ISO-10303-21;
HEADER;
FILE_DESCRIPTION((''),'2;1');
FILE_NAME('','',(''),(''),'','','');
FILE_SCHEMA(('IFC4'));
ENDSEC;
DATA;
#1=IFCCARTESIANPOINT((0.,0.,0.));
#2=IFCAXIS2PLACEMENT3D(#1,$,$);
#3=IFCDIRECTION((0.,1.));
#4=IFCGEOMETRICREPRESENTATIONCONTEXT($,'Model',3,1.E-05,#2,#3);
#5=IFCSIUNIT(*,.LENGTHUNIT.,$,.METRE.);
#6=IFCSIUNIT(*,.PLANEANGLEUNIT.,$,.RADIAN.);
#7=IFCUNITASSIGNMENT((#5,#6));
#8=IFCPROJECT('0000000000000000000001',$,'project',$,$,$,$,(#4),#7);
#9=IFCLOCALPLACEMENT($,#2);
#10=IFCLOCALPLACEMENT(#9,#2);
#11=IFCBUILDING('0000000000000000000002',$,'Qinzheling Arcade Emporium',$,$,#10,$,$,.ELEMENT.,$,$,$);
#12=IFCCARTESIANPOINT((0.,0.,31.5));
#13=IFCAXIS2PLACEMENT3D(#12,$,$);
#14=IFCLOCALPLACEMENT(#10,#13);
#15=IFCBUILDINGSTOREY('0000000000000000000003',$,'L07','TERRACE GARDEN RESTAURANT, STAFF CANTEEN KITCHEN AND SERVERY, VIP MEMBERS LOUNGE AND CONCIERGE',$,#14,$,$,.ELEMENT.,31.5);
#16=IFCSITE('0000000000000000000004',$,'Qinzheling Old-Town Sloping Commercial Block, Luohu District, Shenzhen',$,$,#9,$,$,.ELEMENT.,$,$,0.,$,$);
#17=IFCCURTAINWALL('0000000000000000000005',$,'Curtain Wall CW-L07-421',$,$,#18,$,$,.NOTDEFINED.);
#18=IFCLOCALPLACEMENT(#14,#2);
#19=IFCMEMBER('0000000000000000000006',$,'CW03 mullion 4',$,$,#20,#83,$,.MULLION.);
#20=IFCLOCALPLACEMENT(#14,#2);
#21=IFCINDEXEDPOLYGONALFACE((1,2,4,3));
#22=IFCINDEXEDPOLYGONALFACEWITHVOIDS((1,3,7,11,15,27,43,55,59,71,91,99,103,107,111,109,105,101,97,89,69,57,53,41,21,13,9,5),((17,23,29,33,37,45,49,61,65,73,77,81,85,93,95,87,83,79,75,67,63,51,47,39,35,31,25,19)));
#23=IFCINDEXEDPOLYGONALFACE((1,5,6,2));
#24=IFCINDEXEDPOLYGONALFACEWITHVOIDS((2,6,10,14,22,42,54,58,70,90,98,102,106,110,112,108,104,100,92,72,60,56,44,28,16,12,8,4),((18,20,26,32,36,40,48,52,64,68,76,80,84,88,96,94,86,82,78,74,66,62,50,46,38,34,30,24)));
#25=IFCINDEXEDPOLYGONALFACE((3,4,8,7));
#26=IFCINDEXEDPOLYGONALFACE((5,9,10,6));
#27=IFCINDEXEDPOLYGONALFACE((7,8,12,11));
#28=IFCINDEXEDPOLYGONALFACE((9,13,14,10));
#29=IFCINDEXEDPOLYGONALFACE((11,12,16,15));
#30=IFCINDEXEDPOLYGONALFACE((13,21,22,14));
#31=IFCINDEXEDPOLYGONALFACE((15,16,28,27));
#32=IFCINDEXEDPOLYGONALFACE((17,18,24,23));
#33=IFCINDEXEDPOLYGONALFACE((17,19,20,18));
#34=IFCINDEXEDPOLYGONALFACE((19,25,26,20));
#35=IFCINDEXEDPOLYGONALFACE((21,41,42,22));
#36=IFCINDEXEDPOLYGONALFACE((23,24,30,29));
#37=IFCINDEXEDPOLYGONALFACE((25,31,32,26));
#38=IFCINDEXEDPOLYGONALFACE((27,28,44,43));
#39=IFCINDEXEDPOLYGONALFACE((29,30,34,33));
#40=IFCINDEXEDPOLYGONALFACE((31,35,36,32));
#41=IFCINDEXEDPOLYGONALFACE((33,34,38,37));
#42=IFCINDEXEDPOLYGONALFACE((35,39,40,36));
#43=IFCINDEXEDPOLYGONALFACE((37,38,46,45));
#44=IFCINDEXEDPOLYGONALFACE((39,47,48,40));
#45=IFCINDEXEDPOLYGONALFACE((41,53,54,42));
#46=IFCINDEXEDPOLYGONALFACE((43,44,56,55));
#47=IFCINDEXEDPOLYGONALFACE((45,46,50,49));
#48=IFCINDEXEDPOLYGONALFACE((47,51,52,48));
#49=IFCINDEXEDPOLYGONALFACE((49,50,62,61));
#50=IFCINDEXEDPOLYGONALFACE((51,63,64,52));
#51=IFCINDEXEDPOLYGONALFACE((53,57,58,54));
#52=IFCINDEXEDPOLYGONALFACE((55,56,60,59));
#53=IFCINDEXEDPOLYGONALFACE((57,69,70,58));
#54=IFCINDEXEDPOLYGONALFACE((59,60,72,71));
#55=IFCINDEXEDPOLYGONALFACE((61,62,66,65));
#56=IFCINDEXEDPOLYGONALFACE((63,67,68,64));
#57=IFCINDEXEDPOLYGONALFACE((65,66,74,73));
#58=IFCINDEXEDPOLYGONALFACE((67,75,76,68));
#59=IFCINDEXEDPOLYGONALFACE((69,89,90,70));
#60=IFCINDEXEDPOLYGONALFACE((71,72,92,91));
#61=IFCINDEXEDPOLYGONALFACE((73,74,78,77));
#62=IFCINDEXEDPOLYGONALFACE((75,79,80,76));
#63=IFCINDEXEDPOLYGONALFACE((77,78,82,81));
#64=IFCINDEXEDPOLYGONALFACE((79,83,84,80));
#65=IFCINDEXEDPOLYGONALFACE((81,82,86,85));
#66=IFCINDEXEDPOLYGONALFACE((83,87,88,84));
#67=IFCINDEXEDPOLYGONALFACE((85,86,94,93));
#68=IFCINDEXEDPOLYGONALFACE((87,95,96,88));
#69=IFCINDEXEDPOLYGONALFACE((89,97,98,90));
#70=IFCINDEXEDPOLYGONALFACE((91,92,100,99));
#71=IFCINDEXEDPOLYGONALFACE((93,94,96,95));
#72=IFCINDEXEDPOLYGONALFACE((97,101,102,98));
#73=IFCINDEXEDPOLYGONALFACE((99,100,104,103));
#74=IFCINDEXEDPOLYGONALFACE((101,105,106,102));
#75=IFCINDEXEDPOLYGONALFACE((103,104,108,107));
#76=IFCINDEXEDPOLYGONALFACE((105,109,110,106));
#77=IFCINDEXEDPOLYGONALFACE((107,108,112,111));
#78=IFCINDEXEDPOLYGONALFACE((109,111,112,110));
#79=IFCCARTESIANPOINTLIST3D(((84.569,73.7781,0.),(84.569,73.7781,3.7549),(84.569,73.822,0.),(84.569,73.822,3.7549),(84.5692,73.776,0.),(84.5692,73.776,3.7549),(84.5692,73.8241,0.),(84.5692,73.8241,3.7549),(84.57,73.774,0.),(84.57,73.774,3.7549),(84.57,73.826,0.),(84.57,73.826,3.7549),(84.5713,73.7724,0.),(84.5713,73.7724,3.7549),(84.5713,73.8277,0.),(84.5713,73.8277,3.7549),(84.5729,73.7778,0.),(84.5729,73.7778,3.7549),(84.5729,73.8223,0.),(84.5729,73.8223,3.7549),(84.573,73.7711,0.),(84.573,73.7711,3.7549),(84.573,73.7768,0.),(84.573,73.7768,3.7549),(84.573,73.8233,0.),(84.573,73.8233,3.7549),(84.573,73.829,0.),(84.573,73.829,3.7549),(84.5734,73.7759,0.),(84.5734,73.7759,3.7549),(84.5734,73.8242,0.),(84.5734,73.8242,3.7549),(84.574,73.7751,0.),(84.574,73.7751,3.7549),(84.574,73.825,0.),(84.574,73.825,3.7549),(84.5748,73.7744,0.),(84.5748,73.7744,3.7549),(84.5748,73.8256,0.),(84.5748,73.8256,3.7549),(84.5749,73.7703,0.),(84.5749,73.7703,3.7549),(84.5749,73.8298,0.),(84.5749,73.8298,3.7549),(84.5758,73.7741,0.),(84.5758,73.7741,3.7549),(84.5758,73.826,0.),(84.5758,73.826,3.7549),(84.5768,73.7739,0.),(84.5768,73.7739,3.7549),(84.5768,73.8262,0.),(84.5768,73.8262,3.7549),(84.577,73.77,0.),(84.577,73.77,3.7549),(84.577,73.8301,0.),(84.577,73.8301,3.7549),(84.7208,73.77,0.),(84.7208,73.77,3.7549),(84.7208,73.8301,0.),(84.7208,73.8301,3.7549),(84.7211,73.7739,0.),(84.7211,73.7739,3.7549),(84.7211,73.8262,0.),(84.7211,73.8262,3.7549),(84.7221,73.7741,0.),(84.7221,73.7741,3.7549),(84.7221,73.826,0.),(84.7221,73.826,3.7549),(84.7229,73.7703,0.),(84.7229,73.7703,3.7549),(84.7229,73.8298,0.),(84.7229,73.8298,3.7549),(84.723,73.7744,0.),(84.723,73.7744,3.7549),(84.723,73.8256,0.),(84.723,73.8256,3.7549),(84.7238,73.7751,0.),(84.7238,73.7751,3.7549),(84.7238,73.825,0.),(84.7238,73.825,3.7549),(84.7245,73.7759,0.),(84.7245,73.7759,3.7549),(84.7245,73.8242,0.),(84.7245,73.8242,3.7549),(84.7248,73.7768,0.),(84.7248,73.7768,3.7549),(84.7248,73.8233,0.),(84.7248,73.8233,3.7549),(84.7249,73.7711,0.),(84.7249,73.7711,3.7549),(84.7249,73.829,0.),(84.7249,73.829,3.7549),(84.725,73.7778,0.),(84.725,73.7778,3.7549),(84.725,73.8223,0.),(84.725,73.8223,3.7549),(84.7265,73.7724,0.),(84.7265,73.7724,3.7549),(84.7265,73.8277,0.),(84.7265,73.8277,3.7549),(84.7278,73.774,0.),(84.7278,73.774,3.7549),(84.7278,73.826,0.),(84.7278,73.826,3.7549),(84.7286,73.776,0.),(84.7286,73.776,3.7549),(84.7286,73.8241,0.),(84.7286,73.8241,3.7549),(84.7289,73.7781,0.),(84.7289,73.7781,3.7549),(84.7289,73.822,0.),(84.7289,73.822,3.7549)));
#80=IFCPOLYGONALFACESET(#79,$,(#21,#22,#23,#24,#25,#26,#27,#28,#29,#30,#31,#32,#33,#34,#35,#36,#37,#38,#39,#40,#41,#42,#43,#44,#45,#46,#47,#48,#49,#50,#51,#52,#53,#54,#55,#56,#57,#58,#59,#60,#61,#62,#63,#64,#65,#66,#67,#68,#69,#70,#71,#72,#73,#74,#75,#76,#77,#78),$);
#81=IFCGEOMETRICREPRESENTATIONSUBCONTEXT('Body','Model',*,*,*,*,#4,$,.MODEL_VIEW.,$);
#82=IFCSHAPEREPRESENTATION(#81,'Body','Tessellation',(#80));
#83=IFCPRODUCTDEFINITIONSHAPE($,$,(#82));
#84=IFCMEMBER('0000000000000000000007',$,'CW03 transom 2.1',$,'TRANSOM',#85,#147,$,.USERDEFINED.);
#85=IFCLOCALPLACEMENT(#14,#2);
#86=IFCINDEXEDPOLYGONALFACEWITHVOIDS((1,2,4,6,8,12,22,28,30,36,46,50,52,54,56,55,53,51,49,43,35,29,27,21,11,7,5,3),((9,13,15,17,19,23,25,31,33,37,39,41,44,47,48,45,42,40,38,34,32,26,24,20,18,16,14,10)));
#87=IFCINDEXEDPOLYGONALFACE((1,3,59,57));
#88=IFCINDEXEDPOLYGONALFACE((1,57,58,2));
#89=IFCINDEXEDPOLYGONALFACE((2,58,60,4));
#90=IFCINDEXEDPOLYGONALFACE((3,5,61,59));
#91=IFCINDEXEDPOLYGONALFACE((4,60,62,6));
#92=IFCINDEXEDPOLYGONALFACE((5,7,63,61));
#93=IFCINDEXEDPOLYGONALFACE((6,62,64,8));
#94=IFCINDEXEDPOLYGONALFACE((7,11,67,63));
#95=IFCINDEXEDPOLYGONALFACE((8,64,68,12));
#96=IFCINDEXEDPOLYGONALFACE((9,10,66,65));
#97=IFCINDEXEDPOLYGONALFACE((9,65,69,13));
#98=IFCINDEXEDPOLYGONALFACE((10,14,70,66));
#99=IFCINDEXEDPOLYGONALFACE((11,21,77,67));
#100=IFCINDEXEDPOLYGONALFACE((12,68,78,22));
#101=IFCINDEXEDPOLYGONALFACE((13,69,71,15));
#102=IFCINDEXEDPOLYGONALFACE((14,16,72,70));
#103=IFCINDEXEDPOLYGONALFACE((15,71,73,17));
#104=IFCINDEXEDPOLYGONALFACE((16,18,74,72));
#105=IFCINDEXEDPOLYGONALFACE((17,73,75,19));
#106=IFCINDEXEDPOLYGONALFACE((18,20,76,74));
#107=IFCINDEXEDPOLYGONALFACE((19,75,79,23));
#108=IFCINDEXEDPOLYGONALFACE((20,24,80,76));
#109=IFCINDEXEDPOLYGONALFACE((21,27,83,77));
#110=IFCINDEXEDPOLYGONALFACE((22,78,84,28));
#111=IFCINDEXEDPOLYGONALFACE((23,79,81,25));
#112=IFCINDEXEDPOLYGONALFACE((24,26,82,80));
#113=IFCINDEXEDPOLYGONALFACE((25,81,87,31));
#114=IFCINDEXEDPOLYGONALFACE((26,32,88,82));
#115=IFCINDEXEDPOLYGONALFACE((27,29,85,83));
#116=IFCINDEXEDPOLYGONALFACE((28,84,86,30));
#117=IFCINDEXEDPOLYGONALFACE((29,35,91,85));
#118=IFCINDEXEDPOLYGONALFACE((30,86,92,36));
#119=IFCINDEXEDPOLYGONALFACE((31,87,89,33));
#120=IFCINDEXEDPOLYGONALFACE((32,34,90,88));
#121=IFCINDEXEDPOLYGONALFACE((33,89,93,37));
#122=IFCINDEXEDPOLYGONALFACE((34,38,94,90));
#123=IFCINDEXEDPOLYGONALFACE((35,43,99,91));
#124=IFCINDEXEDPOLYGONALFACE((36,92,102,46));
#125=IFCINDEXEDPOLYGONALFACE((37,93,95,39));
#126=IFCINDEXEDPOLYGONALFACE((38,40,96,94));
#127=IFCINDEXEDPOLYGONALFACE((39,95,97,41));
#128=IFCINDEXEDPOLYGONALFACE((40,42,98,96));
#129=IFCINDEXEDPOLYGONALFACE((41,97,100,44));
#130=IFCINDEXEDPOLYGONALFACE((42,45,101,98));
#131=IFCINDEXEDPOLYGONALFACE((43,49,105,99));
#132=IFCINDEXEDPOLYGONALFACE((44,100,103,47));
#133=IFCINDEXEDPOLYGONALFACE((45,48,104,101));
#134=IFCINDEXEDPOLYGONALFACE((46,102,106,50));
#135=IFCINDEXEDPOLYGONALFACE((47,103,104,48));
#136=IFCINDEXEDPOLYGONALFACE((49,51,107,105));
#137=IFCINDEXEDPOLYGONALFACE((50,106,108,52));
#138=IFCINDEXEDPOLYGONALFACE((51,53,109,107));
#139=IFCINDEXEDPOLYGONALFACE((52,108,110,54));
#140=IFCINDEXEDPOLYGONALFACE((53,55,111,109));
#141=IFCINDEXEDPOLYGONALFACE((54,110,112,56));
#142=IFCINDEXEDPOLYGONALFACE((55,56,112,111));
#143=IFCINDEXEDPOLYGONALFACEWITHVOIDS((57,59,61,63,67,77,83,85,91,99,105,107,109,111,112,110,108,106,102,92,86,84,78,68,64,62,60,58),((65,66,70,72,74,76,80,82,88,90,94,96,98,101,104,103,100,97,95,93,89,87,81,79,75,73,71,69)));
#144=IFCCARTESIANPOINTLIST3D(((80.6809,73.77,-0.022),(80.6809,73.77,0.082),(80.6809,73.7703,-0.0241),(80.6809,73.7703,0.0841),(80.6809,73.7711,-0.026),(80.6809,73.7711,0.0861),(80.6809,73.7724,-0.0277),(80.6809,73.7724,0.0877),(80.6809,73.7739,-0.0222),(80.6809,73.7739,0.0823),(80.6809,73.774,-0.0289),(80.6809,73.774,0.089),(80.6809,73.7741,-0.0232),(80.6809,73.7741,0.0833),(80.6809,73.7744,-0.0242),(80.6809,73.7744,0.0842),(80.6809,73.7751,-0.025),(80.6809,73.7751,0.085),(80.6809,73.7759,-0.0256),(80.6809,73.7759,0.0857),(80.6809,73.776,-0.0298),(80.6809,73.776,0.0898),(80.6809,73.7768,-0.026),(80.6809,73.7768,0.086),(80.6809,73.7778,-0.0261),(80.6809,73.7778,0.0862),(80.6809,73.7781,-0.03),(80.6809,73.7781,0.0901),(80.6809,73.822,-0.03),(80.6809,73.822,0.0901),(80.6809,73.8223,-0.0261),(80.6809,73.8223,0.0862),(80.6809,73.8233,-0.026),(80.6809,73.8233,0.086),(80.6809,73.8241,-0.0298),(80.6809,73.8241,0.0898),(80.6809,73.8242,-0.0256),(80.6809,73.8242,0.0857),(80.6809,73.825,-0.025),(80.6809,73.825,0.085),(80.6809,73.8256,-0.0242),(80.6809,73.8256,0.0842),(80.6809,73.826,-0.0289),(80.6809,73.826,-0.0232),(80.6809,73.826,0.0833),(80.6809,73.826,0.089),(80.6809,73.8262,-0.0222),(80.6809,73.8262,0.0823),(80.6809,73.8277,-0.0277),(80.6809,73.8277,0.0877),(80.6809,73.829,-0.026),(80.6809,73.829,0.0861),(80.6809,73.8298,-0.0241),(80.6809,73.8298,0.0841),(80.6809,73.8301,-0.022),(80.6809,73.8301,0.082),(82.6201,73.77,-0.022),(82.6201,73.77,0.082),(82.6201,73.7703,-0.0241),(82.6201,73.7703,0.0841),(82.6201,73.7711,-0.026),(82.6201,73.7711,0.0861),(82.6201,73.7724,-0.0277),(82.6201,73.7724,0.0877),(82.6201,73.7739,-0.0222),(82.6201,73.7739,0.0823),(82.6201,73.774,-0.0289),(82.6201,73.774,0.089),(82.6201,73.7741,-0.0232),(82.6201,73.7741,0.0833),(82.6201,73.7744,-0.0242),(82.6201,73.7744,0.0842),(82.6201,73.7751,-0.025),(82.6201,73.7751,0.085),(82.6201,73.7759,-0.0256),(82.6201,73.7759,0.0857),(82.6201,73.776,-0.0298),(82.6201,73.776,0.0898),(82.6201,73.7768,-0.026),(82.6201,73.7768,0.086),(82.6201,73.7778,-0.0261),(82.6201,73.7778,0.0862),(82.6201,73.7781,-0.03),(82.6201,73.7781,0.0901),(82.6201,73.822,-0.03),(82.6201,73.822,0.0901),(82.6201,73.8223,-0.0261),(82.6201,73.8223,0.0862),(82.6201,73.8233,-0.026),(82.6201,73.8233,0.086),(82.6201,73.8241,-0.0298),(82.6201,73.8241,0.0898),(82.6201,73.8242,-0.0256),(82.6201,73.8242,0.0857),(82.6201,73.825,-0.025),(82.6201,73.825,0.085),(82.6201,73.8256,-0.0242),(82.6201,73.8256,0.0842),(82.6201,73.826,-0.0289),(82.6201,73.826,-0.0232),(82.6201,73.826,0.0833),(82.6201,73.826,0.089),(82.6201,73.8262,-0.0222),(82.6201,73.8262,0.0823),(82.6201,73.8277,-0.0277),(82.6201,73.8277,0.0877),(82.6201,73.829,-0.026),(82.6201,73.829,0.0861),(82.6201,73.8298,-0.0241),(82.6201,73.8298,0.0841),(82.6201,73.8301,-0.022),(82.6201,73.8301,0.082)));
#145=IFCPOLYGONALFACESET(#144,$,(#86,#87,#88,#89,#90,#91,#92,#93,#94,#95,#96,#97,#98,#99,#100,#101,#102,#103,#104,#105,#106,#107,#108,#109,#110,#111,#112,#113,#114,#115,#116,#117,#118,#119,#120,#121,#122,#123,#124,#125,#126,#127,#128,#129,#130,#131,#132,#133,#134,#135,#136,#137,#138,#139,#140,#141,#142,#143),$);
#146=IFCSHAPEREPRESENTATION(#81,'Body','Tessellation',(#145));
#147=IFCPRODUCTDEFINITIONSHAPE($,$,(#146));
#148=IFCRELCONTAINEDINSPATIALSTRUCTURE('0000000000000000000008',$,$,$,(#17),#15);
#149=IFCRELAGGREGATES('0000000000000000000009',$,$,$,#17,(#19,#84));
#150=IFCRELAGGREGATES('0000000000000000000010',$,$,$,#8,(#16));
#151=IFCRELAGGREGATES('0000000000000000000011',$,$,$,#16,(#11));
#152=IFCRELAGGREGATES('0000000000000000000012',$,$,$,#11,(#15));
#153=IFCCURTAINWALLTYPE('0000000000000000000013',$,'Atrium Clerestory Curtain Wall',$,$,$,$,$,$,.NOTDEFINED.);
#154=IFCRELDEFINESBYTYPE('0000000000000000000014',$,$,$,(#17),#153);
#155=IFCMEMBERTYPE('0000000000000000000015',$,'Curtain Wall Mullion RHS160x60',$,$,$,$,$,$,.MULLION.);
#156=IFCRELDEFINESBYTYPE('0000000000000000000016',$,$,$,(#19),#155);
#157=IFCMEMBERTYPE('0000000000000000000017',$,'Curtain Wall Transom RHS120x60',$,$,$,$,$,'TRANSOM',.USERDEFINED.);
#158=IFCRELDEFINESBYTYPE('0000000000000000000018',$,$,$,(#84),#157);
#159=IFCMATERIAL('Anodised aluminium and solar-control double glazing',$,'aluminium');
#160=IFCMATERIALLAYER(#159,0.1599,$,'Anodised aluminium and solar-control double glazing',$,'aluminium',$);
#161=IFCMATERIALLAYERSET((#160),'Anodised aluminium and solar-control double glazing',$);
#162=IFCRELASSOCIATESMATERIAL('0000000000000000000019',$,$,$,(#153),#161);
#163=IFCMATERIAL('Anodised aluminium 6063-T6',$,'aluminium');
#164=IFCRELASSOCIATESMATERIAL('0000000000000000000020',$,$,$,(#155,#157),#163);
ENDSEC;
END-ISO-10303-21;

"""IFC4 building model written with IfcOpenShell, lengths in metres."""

from ifc_helpers import new_model, si_unit, direction, frame, origin, origin_2d, place, context, subcontext, project, spatial, hollow_rectangle, extrude, material, layer, layer_set, material_profile, profile_set, type_object, element, aggregate, save


model = new_model("IFC4")

# Units and contexts
model_context = context("Model", 3, precision=1e-05, world=origin(), true_north=direction((0.0, 1.0)))
body_context = subcontext(model_context, "Body", "Model", "MODEL_VIEW")
ifc_project = project(units=[si_unit("LENGTHUNIT", "METRE"), si_unit("PLANEANGLEUNIT", "RADIAN")], contexts=[model_context])

# Site, building, storey
site_placement = place(None, origin())
site = spatial("IfcSite", under=ifc_project, at=site_placement, Name="Qinzheling Old-Town Sloping Commercial Block, Luohu District, Shenzhen", CompositionType="ELEMENT", RefElevation=0.0)
building_placement = place(site_placement, origin())
building = spatial("IfcBuilding", under=site, at=building_placement, Name="Qinzheling Arcade Emporium", CompositionType="ELEMENT")
storey_placement = place(building_placement, frame((0.0, 0.0, 31.5)))
storey = spatial("IfcBuildingStorey", under=building, at=storey_placement, Name="L07", Description="TERRACE GARDEN RESTAURANT, STAFF CANTEEN KITCHEN AND SERVERY, VIP MEMBERS LOUNGE AND CONCIERGE", CompositionType="ELEMENT", Elevation=31.5)

# Curtain wall, members
ifc_material_1 = material(Name="Anodised aluminium and solar-control double glazing", Category="aluminium")
ifc_layer_1 = layer(ifc_material_1, 0.1599, Name="Anodised aluminium and solar-control double glazing", Category="aluminium")
ifc_layer_set_1 = layer_set([ifc_layer_1], Name="Anodised aluminium and solar-control double glazing")
curtain_wall_type = type_object("IfcCurtainWallType", Name="Atrium Clerestory Curtain Wall", PredefinedType="NOTDEFINED", material=ifc_layer_set_1)
curtain_wall_placement = place(storey_placement, origin())
curtain_wall = element("IfcCurtainWall", 1, at=curtain_wall_placement, inside=storey, type_object=curtain_wall_type, Name="Curtain Wall CW-L07-421", PredefinedType="NOTDEFINED")
ifc_material_2 = material(Name="Anodised aluminium 6063-T6", Category="aluminium")
ifc_material_profile_1 = material_profile(ifc_material_2, hollow_rectangle(XDim=0.0601, YDim=0.1599, WallThickness=0.0039, InnerFilletRadius=0.0039, OuterFilletRadius=0.0081, at=origin_2d()), Name="RHS 160x60x4", Category="aluminium")
ifc_profile_set_1 = profile_set([ifc_material_profile_1], Name="Anodised aluminium 6063-T6")
member_type_1 = type_object("IfcMemberType", Name="Curtain Wall Mullion RHS160x60", PredefinedType="MULLION", material=ifc_profile_set_1)
member_1_placement = place(storey_placement, frame((84.6489, 73.8, 0.0), z_axis=(0.0, 0.0, 1.0), x_axis=(0.0, 1.0, 0.0)))
member_1 = element("IfcMember", 2, at=member_1_placement, type_object=member_type_1, Name="CW03 mullion 4", PredefinedType="MULLION", context=body_context, shape_type="SweptSolid", body=[
    extrude(hollow_rectangle(XDim=0.0601, YDim=0.1599, WallThickness=0.0039, InnerFilletRadius=0.0039, OuterFilletRadius=0.0081, at=origin_2d()), origin(), (0.0, 0.0, 1.0), 3.7549),
])
ifc_material_profile_2 = material_profile(ifc_material_2, hollow_rectangle(XDim=0.0601, YDim=0.1201, WallThickness=0.0039, InnerFilletRadius=0.0039, OuterFilletRadius=0.0081, at=origin_2d()), Name="RHS 120x60x4", Category="aluminium")
ifc_profile_set_2 = profile_set([ifc_material_profile_2], Name="Anodised aluminium 6063-T6")
member_type_2 = type_object("IfcMemberType", Name="Curtain Wall Transom RHS120x60", ElementType="TRANSOM", PredefinedType="USERDEFINED", material=ifc_profile_set_2)
member_2_placement = place(storey_placement, frame((80.6809, 73.8, 0.03), z_axis=(1.0, 0.0, 0.0), x_axis=(0.0, 1.0, 0.0)))
member_2 = element("IfcMember", 3, at=member_2_placement, type_object=member_type_2, Name="CW03 transom 2.1", ObjectType="TRANSOM", PredefinedType="USERDEFINED", context=body_context, shape_type="SweptSolid", body=[
    extrude(hollow_rectangle(XDim=0.0601, YDim=0.1201, WallThickness=0.0039, InnerFilletRadius=0.0039, OuterFilletRadius=0.0081, at=origin_2d()), origin(), (0.0, 0.0, 1.0), 1.9392),
])
aggregate(curtain_wall, [member_1, member_2])

save(model, "model.ifc")
